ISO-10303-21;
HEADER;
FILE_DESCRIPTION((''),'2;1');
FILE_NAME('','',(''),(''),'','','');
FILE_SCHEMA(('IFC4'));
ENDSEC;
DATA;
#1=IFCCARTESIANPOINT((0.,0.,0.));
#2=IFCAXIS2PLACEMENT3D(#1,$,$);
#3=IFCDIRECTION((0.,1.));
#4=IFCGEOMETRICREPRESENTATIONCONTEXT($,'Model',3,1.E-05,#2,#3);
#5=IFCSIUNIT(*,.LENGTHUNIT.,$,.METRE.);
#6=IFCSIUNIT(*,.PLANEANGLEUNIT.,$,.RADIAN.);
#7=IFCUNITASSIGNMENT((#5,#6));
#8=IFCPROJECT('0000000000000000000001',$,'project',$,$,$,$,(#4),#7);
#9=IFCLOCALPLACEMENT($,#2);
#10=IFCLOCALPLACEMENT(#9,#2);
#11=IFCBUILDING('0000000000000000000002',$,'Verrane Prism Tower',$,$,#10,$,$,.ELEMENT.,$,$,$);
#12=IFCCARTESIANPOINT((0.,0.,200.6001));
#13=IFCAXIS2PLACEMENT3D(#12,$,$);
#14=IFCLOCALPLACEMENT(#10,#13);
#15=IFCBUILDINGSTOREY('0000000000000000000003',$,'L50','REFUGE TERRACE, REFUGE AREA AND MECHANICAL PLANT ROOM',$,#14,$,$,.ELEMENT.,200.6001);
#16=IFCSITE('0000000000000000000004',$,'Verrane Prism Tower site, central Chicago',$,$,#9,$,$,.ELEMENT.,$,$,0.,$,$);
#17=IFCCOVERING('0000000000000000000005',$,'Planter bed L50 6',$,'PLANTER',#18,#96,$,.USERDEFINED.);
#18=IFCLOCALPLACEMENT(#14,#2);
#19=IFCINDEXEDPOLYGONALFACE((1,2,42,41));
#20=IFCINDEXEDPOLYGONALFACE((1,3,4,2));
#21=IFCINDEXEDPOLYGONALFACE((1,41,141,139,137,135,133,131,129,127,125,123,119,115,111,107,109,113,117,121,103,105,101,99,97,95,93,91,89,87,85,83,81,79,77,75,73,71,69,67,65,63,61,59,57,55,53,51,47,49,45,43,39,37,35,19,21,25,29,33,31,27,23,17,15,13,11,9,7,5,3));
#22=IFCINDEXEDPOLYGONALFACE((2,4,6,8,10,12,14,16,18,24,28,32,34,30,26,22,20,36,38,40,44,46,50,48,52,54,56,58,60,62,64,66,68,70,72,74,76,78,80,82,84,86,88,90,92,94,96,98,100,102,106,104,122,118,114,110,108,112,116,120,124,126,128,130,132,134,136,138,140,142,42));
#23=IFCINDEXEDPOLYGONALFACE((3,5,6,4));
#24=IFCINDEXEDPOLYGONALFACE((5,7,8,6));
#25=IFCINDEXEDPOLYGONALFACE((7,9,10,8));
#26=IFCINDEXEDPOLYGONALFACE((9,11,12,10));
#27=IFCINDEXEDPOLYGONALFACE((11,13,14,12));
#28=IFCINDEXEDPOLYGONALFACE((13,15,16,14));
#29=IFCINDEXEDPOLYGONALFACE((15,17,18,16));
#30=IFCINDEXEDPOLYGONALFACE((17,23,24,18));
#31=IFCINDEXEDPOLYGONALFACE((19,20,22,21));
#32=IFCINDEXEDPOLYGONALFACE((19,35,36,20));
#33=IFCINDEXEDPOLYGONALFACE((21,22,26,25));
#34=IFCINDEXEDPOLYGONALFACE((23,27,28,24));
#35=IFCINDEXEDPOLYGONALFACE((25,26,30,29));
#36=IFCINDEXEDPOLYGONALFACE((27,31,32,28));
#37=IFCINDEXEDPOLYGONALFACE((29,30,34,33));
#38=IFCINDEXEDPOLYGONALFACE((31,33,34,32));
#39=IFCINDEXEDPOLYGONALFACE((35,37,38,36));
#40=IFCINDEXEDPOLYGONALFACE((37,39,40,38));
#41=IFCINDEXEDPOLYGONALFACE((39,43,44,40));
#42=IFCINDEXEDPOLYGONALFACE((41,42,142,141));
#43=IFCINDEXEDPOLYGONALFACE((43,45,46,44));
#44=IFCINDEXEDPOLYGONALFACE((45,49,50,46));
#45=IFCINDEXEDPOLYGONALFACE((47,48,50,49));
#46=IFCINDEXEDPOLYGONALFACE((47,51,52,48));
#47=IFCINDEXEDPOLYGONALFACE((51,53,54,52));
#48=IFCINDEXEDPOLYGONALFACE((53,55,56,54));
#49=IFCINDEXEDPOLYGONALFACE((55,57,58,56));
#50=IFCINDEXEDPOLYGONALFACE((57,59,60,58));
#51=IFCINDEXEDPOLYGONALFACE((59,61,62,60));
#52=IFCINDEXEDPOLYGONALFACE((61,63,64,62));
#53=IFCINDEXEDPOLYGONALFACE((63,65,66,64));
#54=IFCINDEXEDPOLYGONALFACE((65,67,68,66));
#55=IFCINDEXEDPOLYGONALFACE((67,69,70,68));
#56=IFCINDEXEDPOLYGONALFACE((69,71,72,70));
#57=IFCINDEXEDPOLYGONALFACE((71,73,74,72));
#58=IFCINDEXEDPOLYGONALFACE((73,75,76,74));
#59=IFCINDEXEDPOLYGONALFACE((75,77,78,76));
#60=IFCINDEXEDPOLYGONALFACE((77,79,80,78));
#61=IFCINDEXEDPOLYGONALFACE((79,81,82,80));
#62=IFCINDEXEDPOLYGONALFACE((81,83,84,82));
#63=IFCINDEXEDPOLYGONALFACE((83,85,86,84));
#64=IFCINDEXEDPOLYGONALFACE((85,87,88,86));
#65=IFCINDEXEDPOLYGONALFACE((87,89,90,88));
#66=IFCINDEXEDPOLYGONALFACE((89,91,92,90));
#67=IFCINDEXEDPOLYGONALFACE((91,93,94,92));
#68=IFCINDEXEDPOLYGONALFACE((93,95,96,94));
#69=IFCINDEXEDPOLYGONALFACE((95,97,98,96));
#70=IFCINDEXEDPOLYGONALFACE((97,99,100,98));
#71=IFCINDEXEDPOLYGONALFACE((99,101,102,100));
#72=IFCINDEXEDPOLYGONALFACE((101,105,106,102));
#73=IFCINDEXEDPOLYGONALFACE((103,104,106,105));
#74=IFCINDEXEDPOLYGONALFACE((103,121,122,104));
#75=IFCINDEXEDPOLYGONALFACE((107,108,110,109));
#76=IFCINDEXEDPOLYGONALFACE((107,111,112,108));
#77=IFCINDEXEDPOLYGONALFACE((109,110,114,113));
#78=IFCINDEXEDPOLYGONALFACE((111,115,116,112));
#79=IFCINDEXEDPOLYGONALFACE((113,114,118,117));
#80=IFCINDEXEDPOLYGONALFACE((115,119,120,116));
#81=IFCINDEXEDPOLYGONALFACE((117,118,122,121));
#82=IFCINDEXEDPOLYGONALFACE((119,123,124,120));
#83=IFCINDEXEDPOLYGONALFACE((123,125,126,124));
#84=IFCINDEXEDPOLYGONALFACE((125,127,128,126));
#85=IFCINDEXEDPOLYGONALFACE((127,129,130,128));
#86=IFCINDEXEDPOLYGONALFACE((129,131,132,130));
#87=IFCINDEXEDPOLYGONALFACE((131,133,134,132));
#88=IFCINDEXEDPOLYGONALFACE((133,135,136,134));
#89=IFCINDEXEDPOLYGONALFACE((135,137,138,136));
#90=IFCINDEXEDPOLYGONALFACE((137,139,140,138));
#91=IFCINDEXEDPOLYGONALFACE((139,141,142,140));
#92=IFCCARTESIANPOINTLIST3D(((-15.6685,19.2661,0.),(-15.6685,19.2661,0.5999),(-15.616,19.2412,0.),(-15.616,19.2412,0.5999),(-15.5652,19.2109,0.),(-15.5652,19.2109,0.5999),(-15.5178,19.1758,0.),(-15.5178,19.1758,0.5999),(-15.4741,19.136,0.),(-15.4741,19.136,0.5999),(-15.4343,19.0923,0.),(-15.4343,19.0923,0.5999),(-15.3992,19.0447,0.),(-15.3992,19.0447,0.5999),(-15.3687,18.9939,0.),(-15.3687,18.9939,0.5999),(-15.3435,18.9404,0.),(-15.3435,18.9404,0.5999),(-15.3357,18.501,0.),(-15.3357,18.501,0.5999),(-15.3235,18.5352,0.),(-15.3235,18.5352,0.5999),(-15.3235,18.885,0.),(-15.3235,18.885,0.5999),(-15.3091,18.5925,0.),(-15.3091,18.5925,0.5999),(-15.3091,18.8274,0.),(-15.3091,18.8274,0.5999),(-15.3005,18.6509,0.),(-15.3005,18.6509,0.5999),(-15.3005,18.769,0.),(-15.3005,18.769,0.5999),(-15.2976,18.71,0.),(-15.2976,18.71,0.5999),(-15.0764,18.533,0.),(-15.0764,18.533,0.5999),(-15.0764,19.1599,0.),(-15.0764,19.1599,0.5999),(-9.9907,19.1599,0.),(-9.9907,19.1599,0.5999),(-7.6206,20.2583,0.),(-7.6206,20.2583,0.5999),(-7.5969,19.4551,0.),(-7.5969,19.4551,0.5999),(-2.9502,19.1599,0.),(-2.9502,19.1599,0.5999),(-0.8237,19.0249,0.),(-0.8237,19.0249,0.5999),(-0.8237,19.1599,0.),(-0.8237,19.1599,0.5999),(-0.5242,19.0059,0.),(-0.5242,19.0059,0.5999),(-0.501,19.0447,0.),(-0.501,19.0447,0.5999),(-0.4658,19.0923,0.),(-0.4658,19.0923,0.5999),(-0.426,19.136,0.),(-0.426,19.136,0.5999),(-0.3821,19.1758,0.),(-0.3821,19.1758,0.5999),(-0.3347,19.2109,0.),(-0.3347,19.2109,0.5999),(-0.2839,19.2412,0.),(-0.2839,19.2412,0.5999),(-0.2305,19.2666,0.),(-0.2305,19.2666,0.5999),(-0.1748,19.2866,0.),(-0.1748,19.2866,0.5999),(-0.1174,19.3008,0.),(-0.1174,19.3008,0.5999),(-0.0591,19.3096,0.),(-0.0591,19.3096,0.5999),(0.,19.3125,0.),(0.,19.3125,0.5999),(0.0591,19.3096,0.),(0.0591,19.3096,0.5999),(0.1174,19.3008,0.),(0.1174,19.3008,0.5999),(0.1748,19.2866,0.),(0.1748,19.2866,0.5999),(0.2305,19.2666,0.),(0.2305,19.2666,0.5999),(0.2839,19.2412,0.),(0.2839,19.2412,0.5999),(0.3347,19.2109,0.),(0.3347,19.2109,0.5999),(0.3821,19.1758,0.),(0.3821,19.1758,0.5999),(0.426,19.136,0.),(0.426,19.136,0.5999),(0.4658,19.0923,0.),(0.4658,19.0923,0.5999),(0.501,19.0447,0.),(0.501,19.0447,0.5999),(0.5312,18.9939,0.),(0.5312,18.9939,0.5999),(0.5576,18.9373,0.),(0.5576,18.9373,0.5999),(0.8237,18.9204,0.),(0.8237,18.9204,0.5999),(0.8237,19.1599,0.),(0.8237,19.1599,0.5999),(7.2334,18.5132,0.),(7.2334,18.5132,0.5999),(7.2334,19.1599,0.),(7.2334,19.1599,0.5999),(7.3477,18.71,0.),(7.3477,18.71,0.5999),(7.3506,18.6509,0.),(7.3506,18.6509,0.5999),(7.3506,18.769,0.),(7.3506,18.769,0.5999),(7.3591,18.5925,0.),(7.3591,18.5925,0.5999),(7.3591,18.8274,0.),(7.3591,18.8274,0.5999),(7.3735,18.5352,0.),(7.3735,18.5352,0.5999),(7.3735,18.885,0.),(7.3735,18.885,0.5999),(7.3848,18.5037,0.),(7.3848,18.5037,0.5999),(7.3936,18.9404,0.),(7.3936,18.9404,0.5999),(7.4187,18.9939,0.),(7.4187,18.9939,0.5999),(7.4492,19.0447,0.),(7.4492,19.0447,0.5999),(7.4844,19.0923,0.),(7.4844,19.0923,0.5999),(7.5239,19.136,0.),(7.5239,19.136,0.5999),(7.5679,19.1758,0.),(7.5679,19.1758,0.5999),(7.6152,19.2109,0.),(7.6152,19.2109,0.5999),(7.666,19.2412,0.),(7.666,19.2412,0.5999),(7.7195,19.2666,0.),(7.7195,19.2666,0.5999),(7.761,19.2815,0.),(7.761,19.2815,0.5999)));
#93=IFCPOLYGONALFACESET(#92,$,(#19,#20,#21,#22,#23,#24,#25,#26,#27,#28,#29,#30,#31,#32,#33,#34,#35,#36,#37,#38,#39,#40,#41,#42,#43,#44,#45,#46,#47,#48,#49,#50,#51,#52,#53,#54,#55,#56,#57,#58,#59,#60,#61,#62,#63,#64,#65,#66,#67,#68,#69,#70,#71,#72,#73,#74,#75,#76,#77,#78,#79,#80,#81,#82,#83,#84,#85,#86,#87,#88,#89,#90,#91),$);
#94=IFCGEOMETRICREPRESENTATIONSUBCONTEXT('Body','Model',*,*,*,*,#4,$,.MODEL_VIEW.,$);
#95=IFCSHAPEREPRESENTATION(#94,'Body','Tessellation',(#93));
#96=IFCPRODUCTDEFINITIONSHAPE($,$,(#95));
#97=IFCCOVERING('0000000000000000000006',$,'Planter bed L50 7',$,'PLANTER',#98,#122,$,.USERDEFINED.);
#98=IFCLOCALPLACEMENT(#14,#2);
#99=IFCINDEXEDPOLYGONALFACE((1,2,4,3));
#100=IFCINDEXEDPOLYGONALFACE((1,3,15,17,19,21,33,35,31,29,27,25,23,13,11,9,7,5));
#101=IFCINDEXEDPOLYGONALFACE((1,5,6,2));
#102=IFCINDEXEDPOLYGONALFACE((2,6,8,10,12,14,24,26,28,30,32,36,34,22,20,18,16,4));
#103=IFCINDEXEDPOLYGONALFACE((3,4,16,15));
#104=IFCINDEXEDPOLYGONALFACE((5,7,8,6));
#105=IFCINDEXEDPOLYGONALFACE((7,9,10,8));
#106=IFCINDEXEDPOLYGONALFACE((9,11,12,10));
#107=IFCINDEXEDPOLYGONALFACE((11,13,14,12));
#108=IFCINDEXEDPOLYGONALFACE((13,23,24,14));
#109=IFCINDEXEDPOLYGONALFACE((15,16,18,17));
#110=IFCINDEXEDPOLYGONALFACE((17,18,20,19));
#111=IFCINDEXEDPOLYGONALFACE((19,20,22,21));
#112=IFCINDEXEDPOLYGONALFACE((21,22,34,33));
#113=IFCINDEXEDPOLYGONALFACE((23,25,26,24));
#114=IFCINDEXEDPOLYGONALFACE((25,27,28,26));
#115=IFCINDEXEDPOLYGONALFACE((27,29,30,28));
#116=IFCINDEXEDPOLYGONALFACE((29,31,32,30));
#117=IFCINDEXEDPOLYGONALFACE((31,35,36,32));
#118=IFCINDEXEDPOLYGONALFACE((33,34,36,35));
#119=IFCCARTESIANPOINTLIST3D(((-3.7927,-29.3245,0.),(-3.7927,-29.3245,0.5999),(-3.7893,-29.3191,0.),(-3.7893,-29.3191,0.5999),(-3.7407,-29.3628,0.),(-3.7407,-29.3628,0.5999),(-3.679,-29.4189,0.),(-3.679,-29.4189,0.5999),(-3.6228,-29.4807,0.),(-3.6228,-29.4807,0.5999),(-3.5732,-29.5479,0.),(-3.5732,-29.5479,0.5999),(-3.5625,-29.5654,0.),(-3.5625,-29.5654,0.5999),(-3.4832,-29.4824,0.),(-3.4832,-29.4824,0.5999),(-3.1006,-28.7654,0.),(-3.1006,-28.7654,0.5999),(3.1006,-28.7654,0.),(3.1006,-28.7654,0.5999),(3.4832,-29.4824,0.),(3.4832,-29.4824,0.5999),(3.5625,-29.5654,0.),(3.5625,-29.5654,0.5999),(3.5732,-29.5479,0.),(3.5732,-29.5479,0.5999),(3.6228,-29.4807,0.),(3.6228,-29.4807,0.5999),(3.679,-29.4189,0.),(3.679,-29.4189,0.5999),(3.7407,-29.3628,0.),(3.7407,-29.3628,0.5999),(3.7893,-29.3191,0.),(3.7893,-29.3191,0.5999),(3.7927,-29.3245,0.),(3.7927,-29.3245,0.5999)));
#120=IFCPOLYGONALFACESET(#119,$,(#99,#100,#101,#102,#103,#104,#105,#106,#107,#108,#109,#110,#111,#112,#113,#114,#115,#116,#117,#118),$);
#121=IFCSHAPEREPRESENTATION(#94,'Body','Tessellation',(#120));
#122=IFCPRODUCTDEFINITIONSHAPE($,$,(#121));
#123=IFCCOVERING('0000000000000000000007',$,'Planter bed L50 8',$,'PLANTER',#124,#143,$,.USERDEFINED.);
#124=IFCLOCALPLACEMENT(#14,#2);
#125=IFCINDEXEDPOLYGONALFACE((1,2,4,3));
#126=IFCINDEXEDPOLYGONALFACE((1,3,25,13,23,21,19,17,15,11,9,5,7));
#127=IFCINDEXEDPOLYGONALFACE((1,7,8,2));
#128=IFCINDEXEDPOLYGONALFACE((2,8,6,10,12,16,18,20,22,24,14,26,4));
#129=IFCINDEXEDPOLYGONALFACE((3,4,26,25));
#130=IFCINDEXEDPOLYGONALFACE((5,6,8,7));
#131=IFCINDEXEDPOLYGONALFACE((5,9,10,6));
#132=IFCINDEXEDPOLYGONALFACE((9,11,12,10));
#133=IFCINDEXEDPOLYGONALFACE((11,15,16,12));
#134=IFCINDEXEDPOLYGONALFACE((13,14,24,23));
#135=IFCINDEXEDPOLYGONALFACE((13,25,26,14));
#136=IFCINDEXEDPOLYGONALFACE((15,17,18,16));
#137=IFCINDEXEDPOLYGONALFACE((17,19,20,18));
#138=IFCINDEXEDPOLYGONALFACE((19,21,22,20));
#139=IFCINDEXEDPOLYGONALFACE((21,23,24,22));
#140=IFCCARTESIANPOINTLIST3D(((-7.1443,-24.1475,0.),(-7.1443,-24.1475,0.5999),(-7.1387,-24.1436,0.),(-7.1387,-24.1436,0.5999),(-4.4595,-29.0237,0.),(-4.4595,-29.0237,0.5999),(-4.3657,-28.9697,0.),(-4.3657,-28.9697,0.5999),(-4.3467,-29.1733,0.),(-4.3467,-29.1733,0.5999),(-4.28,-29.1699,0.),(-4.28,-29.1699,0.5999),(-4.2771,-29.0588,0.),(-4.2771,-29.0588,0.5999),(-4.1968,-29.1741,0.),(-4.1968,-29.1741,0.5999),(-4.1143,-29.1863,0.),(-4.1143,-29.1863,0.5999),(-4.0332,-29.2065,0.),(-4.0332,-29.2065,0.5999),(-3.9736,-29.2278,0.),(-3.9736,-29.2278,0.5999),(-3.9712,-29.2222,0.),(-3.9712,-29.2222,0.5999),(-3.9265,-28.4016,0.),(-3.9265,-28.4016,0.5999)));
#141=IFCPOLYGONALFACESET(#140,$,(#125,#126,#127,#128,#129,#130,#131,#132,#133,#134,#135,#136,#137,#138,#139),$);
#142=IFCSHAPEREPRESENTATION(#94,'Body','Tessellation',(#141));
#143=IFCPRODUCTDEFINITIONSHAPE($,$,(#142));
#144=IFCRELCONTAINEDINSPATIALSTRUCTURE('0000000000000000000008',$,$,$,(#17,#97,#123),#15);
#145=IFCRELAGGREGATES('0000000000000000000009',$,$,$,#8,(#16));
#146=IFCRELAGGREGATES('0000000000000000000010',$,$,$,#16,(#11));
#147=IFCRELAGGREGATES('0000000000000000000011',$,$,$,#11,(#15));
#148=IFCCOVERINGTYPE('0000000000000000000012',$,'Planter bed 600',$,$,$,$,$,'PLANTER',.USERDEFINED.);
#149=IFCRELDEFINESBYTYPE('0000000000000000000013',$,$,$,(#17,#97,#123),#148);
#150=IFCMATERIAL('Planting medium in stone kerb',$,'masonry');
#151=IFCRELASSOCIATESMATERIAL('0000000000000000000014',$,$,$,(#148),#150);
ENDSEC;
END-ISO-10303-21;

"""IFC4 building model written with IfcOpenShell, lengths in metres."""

from ifc_helpers import new_model, si_unit, direction, frame, origin, place, context, subcontext, project, spatial, polyline, outline, extrude, material, type_object, element, save


model = new_model("IFC4")

# Units and contexts
model_context = context("Model", 3, precision=1e-05, world=origin(), true_north=direction((0.0, 1.0)))
body_context = subcontext(model_context, "Body", "Model", "MODEL_VIEW")
ifc_project = project(units=[si_unit("LENGTHUNIT", "METRE"), si_unit("PLANEANGLEUNIT", "RADIAN")], contexts=[model_context])

# Site, building, storey
site_placement = place(None, origin())
site = spatial("IfcSite", under=ifc_project, at=site_placement, Name="Verrane Prism Tower site, central Chicago", CompositionType="ELEMENT", RefElevation=0.0)
building_placement = place(site_placement, origin())
building = spatial("IfcBuilding", under=site, at=building_placement, Name="Verrane Prism Tower", CompositionType="ELEMENT")
storey_placement = place(building_placement, frame((0.0, 0.0, 200.6001)))
storey = spatial("IfcBuildingStorey", under=building, at=storey_placement, Name="L50", Description="REFUGE TERRACE, REFUGE AREA AND MECHANICAL PLANT ROOM", CompositionType="ELEMENT", Elevation=200.6001)

# Coverings
ifc_material_1 = material(Name="Planting medium in stone kerb", Category="masonry")
covering_type_1 = type_object("IfcCoveringType", Name="Planter bed 600", ElementType="PLANTER", PredefinedType="USERDEFINED", material=ifc_material_1)
covering_1_placement = place(storey_placement, origin())
element("IfcCovering", 1, at=covering_1_placement, inside=storey, type_object=covering_type_1, Name="Planter bed L50 6", ObjectType="PLANTER", PredefinedType="USERDEFINED", context=body_context, shape_type="SweptSolid", body=[
    extrude(outline(polyline([(-15.6685, 19.2661), (-15.616, 19.2412), (-15.5652, 19.2109), (-15.5178, 19.1758), (-15.4741, 19.136), (-15.4343, 19.0923), (-15.3992, 19.0447), (-15.3687, 18.9939), (-15.3435, 18.9404), (-15.3235, 18.885), (-15.3091, 18.8274), (-15.3005, 18.769), (-15.2976, 18.71), (-15.3005, 18.6509), (-15.3091, 18.5925), (-15.3235, 18.5352), (-15.3357, 18.501), (-15.0764, 18.533), (-15.0764, 19.1599), (-9.9907, 19.1599), (-7.5969, 19.4551), (-2.9502, 19.1599), (-0.8237, 19.1599), (-0.8237, 19.0249), (-0.5242, 19.0059), (-0.501, 19.0447), (-0.4658, 19.0923), (-0.426, 19.136), (-0.3821, 19.1758), (-0.3347, 19.2109), (-0.2839, 19.2412), (-0.2305, 19.2666), (-0.1748, 19.2866), (-0.1174, 19.3008), (-0.0591, 19.3096), (0.0, 19.3125), (0.0591, 19.3096), (0.1174, 19.3008), (0.1748, 19.2866), (0.2305, 19.2666), (0.2839, 19.2412), (0.3347, 19.2109), (0.3821, 19.1758), (0.426, 19.136), (0.4658, 19.0923), (0.501, 19.0447), (0.5312, 18.9939), (0.5576, 18.9373), (0.8237, 18.9204), (0.8237, 19.1599), (7.2334, 19.1599), (7.2334, 18.5132), (7.3848, 18.5037), (7.3735, 18.5352), (7.3591, 18.5925), (7.3506, 18.6509), (7.3477, 18.71), (7.3506, 18.769), (7.3591, 18.8274), (7.3735, 18.885), (7.3936, 18.9404), (7.4187, 18.9939), (7.4492, 19.0447), (7.4844, 19.0923), (7.5239, 19.136), (7.5679, 19.1758), (7.6152, 19.2109), (7.666, 19.2412), (7.7195, 19.2666), (7.761, 19.2815), (-7.6206, 20.2583), (-15.6685, 19.2661)])), origin(), (0.0, 0.0, 1.0), 0.5999),
])
covering_2_placement = place(storey_placement, origin())
element("IfcCovering", 2, at=covering_2_placement, inside=storey, type_object=covering_type_1, Name="Planter bed L50 7", ObjectType="PLANTER", PredefinedType="USERDEFINED", context=body_context, shape_type="SweptSolid", body=[
    extrude(outline(polyline([(-3.7407, -29.3628), (-3.679, -29.4189), (-3.6228, -29.4807), (-3.5732, -29.5479), (-3.5625, -29.5654), (3.5625, -29.5654), (3.5732, -29.5479), (3.6228, -29.4807), (3.679, -29.4189), (3.7407, -29.3628), (3.7927, -29.3245), (3.7893, -29.3191), (3.4832, -29.4824), (3.1006, -28.7654), (-3.1006, -28.7654), (-3.4832, -29.4824), (-3.7893, -29.3191), (-3.7927, -29.3245), (-3.7407, -29.3628)])), origin(), (0.0, 0.0, 1.0), 0.5999),
])
covering_3_placement = place(storey_placement, origin())
element("IfcCovering", 3, at=covering_3_placement, inside=storey, type_object=covering_type_1, Name="Planter bed L50 8", ObjectType="PLANTER", PredefinedType="USERDEFINED", context=body_context, shape_type="SweptSolid", body=[
    extrude(outline(polyline([(-4.3467, -29.1733), (-4.28, -29.1699), (-4.1968, -29.1741), (-4.1143, -29.1863), (-4.0332, -29.2065), (-3.9736, -29.2278), (-3.9712, -29.2222), (-4.2771, -29.0588), (-3.9265, -28.4016), (-7.1387, -24.1436), (-7.1443, -24.1475), (-4.3657, -28.9697), (-4.4595, -29.0237), (-4.3467, -29.1733)])), origin(), (0.0, 0.0, 1.0), 0.5999),
])

save(model, "model.ifc")
